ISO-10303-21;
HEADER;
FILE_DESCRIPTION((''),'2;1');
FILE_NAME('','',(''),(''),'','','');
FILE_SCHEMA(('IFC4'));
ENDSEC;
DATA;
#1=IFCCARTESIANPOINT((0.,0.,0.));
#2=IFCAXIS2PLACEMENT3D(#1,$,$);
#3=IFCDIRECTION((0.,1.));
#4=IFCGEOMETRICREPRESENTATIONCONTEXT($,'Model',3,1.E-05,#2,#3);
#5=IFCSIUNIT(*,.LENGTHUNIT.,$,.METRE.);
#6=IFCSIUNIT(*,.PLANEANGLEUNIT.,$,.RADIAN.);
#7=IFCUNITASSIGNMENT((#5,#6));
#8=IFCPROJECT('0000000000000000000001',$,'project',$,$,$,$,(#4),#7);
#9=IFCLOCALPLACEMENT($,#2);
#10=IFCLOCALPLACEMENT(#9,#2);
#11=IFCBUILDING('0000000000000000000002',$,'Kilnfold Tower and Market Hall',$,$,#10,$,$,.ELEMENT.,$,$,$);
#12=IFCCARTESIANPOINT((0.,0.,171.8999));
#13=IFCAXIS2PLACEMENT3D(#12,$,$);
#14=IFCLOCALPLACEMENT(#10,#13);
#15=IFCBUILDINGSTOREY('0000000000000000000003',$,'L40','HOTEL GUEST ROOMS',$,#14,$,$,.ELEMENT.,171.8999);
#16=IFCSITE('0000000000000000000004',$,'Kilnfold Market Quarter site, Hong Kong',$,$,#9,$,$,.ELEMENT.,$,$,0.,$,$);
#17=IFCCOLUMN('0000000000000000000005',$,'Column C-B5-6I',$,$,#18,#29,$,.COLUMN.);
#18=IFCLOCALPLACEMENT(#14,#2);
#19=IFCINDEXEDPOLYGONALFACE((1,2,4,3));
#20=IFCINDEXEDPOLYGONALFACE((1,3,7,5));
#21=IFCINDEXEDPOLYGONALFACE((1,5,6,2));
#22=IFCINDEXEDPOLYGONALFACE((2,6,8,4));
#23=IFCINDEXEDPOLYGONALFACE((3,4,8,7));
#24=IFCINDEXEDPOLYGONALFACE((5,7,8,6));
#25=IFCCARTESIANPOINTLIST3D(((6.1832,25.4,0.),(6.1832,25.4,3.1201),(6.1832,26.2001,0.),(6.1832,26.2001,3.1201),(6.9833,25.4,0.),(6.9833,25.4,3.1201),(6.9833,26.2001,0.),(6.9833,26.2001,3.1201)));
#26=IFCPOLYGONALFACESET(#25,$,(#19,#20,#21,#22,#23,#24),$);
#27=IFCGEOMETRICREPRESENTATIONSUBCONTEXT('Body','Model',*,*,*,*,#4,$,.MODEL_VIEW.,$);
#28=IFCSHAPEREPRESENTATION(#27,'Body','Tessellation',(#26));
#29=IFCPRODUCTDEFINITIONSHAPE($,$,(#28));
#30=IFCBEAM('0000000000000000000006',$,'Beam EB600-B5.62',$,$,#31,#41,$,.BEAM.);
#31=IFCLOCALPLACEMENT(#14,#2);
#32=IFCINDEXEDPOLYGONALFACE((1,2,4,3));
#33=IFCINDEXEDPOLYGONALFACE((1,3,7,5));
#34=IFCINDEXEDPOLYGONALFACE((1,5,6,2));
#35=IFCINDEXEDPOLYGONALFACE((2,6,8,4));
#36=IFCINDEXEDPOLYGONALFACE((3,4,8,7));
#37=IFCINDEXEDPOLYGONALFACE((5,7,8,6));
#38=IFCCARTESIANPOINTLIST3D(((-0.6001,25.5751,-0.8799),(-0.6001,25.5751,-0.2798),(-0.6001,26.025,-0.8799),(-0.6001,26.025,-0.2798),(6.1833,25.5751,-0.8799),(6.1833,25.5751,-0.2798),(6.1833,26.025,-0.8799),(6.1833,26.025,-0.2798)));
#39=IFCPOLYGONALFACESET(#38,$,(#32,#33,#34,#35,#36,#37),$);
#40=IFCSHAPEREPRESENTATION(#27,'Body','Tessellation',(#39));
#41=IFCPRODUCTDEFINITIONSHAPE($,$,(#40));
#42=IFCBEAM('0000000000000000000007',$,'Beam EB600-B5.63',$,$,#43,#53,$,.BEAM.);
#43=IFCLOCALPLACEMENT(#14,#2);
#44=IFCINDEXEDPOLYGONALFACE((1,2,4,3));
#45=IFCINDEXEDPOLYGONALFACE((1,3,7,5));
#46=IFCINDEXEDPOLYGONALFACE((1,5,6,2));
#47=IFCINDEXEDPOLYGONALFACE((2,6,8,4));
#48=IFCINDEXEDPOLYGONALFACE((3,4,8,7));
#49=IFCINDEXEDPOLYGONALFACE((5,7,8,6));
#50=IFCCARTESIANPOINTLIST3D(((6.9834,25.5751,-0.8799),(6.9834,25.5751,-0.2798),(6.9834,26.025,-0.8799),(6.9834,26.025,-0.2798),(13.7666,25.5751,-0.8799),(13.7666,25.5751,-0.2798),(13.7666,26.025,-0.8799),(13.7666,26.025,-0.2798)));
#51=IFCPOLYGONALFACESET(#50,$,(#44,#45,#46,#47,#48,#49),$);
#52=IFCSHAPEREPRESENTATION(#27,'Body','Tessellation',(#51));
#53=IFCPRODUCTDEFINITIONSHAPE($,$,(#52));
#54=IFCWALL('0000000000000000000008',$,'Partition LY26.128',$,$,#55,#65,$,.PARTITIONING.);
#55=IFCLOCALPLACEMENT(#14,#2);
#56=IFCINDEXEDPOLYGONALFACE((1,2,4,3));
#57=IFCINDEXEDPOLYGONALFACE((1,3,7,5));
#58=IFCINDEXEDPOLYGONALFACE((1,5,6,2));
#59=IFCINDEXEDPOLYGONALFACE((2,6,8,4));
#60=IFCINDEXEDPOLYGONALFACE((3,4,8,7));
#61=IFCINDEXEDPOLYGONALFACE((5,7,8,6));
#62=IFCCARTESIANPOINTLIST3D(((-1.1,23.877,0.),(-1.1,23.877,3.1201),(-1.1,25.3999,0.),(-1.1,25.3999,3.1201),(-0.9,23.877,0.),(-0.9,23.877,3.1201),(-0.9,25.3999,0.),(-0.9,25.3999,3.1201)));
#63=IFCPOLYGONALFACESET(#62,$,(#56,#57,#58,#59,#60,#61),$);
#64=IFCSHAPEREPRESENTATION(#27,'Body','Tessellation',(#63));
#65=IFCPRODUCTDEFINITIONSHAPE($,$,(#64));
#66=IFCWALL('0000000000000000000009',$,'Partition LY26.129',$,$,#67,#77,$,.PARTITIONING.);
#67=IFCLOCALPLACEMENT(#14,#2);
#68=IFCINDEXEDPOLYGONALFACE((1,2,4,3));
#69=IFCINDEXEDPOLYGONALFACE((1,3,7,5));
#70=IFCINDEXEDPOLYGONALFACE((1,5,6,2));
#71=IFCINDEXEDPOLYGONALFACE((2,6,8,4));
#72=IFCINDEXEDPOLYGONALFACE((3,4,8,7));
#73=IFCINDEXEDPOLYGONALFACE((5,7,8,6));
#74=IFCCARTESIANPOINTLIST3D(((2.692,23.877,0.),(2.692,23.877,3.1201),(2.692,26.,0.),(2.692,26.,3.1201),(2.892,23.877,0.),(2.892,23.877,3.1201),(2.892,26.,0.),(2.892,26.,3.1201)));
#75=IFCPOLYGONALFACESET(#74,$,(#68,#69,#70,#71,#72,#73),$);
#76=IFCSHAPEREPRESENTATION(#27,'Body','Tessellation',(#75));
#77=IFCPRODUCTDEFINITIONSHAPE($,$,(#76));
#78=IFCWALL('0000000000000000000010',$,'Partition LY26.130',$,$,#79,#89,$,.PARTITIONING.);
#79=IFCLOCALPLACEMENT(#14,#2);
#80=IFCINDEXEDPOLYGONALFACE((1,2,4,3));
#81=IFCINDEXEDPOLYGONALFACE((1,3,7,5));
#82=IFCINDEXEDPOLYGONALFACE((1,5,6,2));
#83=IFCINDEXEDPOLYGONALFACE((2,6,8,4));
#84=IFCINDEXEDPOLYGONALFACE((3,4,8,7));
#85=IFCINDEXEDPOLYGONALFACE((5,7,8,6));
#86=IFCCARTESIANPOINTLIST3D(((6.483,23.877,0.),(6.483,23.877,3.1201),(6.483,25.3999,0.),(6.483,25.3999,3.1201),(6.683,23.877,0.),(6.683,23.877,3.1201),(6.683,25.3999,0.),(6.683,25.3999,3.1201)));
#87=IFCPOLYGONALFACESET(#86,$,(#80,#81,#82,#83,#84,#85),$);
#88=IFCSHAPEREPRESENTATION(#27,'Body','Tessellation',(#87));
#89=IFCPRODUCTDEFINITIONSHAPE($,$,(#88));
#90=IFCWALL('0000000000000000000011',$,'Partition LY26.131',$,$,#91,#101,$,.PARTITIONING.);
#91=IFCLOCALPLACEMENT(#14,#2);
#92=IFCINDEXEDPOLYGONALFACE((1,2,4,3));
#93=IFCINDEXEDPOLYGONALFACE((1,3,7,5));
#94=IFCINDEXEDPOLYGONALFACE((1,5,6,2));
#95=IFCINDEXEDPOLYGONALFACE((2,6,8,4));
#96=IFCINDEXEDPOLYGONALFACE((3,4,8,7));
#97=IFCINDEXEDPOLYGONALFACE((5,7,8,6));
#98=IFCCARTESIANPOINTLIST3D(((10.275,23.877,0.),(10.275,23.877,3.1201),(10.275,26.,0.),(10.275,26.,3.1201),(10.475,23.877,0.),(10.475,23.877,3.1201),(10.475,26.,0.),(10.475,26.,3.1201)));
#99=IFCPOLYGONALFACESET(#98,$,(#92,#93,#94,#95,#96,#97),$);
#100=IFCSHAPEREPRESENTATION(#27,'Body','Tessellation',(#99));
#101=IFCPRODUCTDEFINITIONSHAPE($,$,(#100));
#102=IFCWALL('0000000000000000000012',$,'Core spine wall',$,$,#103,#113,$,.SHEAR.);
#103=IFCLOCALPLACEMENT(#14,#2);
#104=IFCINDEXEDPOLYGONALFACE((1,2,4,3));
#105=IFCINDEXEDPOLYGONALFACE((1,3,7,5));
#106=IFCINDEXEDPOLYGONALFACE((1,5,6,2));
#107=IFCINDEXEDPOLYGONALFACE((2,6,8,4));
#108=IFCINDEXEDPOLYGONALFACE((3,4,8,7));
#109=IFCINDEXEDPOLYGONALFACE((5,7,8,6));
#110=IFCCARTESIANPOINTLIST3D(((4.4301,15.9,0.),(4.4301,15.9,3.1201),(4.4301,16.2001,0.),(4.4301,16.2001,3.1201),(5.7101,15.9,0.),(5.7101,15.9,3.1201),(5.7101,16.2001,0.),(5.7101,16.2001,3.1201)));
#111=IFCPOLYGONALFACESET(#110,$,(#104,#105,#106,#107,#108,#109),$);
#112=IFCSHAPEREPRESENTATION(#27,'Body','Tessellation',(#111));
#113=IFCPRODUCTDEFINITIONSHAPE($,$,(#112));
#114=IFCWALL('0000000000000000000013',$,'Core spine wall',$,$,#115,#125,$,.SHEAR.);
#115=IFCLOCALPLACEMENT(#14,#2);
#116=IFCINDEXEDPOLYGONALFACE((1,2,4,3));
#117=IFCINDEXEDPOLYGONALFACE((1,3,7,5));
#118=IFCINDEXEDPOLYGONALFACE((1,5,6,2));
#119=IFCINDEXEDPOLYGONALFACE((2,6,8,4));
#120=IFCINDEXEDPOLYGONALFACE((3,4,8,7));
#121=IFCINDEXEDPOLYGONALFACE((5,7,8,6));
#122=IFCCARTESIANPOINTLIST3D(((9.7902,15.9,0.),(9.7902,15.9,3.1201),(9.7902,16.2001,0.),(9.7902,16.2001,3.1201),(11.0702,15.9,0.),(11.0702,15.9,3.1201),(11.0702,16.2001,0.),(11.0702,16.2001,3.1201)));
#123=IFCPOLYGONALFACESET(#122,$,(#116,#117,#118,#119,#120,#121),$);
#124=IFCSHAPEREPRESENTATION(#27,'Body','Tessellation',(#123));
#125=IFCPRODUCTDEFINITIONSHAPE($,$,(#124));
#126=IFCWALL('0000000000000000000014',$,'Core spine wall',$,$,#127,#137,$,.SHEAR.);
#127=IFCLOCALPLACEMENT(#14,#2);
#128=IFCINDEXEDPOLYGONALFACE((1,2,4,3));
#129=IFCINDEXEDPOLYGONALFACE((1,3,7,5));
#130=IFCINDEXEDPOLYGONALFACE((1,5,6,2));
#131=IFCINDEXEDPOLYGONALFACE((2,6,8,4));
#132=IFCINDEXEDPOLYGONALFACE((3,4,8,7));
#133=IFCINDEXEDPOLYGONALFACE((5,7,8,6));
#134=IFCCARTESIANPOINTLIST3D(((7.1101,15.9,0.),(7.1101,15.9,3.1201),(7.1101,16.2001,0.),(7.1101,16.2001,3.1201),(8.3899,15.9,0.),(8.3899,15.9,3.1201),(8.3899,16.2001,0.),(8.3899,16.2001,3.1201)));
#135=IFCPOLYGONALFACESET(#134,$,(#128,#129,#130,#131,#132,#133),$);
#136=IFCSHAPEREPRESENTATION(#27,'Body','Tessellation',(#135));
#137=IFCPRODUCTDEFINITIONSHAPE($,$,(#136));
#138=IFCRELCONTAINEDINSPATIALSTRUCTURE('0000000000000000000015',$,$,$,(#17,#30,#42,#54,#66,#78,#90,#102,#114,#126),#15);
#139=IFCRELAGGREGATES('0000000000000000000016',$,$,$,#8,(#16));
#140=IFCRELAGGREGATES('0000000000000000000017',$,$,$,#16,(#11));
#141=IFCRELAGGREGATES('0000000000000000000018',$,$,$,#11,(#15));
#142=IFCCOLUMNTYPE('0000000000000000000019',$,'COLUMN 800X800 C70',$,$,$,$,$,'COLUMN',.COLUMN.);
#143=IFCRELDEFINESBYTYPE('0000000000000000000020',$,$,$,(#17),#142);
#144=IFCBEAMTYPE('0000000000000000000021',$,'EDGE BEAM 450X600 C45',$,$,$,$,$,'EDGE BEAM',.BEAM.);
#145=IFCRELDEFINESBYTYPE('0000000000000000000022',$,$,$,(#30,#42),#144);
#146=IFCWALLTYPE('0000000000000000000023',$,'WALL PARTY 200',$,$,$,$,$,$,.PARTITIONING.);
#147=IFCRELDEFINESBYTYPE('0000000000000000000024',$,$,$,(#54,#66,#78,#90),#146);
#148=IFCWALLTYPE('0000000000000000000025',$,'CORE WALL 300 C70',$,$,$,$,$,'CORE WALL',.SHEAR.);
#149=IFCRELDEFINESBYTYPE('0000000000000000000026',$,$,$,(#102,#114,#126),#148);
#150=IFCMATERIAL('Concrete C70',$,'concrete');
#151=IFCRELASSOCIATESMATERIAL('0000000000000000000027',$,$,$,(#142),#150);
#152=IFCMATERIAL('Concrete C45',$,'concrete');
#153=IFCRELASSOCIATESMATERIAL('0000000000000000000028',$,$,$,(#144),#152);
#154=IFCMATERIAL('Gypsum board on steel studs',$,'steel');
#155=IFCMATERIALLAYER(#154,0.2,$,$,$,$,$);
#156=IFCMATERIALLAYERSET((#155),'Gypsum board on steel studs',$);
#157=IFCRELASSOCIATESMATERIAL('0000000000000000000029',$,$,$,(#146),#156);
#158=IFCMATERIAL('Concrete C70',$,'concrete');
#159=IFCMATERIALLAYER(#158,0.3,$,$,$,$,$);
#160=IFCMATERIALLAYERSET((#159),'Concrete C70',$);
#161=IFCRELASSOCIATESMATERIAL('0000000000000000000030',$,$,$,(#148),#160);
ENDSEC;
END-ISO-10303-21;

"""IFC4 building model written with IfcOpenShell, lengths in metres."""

from ifc_helpers import new_model, si_unit, direction, frame, frame_2d, origin, origin_2d, place, context, subcontext, project, spatial, rectangle, extrude, source, transform, mapped, material, layer, layer_set, material_profile, profile_set, type_object, element, save


model = new_model("IFC4")

# Units and contexts
model_context = context("Model", 3, precision=1e-05, world=origin(), true_north=direction((0.0, 1.0)))
body_context = subcontext(model_context, "Body", "Model", "MODEL_VIEW")
ifc_project = project(units=[si_unit("LENGTHUNIT", "METRE"), si_unit("PLANEANGLEUNIT", "RADIAN")], contexts=[model_context])

# Site, building, storey
site_placement = place(None, origin())
site = spatial("IfcSite", under=ifc_project, at=site_placement, Name="Kilnfold Market Quarter site, Hong Kong", CompositionType="ELEMENT", RefElevation=0.0)
building_placement = place(site_placement, origin())
building = spatial("IfcBuilding", under=site, at=building_placement, Name="Kilnfold Tower and Market Hall", CompositionType="ELEMENT")
storey_placement = place(building_placement, frame((0.0, 0.0, 171.8999)))
storey = spatial("IfcBuildingStorey", under=building, at=storey_placement, Name="L40", Description="HOTEL GUEST ROOMS", CompositionType="ELEMENT", Elevation=171.8999)

# Column
ifc_material_1 = material(Name="Concrete C70", Category="concrete")
ifc_material_profile_1 = material_profile(ifc_material_1, rectangle(XDim=0.8, YDim=0.8, at=origin_2d()), Name="RC 800x800")
ifc_profile_set_1 = profile_set([ifc_material_profile_1], Name="Concrete C70")
column_type = type_object("IfcColumnType", Name="COLUMN 800X800 C70", ElementType="COLUMN", PredefinedType="COLUMN", material=ifc_profile_set_1)
shared_shape_1 = source(origin(), body_context, "Body", "SweptSolid", [
    extrude(rectangle(XDim=0.8, YDim=0.8, at=origin_2d()), origin(), (0.0, 0.0, 1.0), 3.1201),
])
column_placement = place(storey_placement, frame((6.5833, 25.8, 0.0), z_axis=(0.0, 0.0, 1.0), x_axis=(1.0, 0.0, 0.0)))
element("IfcColumn", 1, at=column_placement, inside=storey, type_object=column_type, Name="Column C-B5-6I", PredefinedType="COLUMN", context=body_context, shape_type="MappedRepresentation", body=[
    mapped(shared_shape_1, transform((0.0, 0.0, 0.0))),
])

# Beams
ifc_material_2 = material(Name="Concrete C45", Category="concrete")
ifc_material_profile_2 = material_profile(ifc_material_2, rectangle(XDim=0.45, YDim=0.6001, at=origin_2d()), Name="RC 450x600")
ifc_profile_set_2 = profile_set([ifc_material_profile_2], Name="Concrete C45")
beam_type = type_object("IfcBeamType", Name="EDGE BEAM 450X600 C45", ElementType="EDGE BEAM", PredefinedType="BEAM", material=ifc_profile_set_2)
shared_shape_2 = source(origin(), body_context, "Body", "SweptSolid", [
    extrude(rectangle(XDim=0.45, YDim=0.6001, at=origin_2d()), origin(), (0.0, 0.0, 1.0), 6.7834),
])
beam_1_placement = place(storey_placement, frame((-0.6001, 25.8, -0.5798), z_axis=(1.0, 0.0, 0.0), x_axis=(0.0, 1.0, 0.0)))
element("IfcBeam", 2, at=beam_1_placement, inside=storey, type_object=beam_type, Name="Beam EB600-B5.62", PredefinedType="BEAM", context=body_context, shape_type="MappedRepresentation", body=[
    mapped(shared_shape_2, transform((0.0, 0.0, 0.0))),
])
shared_shape_3 = source(origin(), body_context, "Body", "SweptSolid", [
    extrude(rectangle(XDim=0.45, YDim=0.6001, at=origin_2d()), origin(), (0.0, 0.0, 1.0), 6.7832),
])
beam_2_placement = place(storey_placement, frame((6.9834, 25.8, -0.5798), z_axis=(1.0, 0.0, 0.0), x_axis=(0.0, 1.0, 0.0)))
element("IfcBeam", 3, at=beam_2_placement, inside=storey, type_object=beam_type, Name="Beam EB600-B5.63", PredefinedType="BEAM", context=body_context, shape_type="MappedRepresentation", body=[
    mapped(shared_shape_3, transform((0.0, 0.0, 0.0))),
])

# Walls
ifc_material_3 = material(Name="Gypsum board on steel studs", Category="steel")
ifc_layer_1 = layer(ifc_material_3, 0.2)
ifc_layer_set_1 = layer_set([ifc_layer_1], Name="Gypsum board on steel studs")
wall_type_1 = type_object("IfcWallType", Name="WALL PARTY 200", PredefinedType="PARTITIONING", material=ifc_layer_set_1)
wall_1_placement = place(storey_placement, frame((-1.0, 23.877, 0.0), z_axis=(0.0, 0.0, 1.0), x_axis=(0.0, 1.0, 0.0)))
element("IfcWall", 4, at=wall_1_placement, inside=storey, type_object=wall_type_1, Name="Partition LY26.128", PredefinedType="PARTITIONING", context=body_context, shape_type="SweptSolid", body=[
    extrude(rectangle(XDim=1.5229, YDim=0.2, at=frame_2d((0.7615, 0.0))), origin(), (0.0, 0.0, 1.0), 3.1201),
])
wall_2_placement = place(storey_placement, frame((2.792, 23.877, 0.0), z_axis=(0.0, 0.0, 1.0), x_axis=(0.0, 1.0, 0.0)))
element("IfcWall", 5, at=wall_2_placement, inside=storey, type_object=wall_type_1, Name="Partition LY26.129", PredefinedType="PARTITIONING", context=body_context, shape_type="SweptSolid", body=[
    extrude(rectangle(XDim=2.123, YDim=0.2, at=frame_2d((1.0615, 0.0))), origin(), (0.0, 0.0, 1.0), 3.1201),
])
wall_3_placement = place(storey_placement, frame((6.583, 23.877, 0.0), z_axis=(0.0, 0.0, 1.0), x_axis=(0.0, 1.0, 0.0)))
element("IfcWall", 6, at=wall_3_placement, inside=storey, type_object=wall_type_1, Name="Partition LY26.130", PredefinedType="PARTITIONING", context=body_context, shape_type="SweptSolid", body=[
    extrude(rectangle(XDim=1.5229, YDim=0.2, at=frame_2d((0.7615, 0.0))), origin(), (0.0, 0.0, 1.0), 3.1201),
])
wall_4_placement = place(storey_placement, frame((10.375, 23.877, 0.0), z_axis=(0.0, 0.0, 1.0), x_axis=(0.0, 1.0, 0.0)))
element("IfcWall", 7, at=wall_4_placement, inside=storey, type_object=wall_type_1, Name="Partition LY26.131", PredefinedType="PARTITIONING", context=body_context, shape_type="SweptSolid", body=[
    extrude(rectangle(XDim=2.123, YDim=0.2, at=frame_2d((1.0615, 0.0))), origin(), (0.0, 0.0, 1.0), 3.1201),
])
ifc_material_4 = material(Name="Concrete C70", Category="concrete")
ifc_layer_2 = layer(ifc_material_4, 0.3)
ifc_layer_set_2 = layer_set([ifc_layer_2], Name="Concrete C70")
wall_type_2 = type_object("IfcWallType", Name="CORE WALL 300 C70", ElementType="CORE WALL", PredefinedType="SHEAR", material=ifc_layer_set_2)
shared_shape_4 = source(origin(), body_context, "Body", "SweptSolid", [
    extrude(rectangle(XDim=1.28, YDim=0.3, at=frame_2d((0.6401, 0.0))), origin(), (0.0, 0.0, 1.0), 3.1201),
])
for number, where, z_axis, x_axis, name in (
    (8, (4.4299, 16.05, 0.0), (0.0, 0.0, 1.0), (1.0, 0.0, 0.0), "Core spine wall"),
    (9, (9.79, 16.05, 0.0), (0.0, 0.0, 1.0), (1.0, 0.0, 0.0), "Core spine wall"),
):
    element("IfcWall", number, at=place(storey_placement, frame(where, z_axis=z_axis, x_axis=x_axis)), inside=storey, type_object=wall_type_2, Name=name, PredefinedType="SHEAR", context=body_context, shape_type="MappedRepresentation", body=[
        mapped(shared_shape_4, transform((0.0, 0.0, 0.0))),
    ])
shared_shape_5 = source(origin(), body_context, "Body", "SweptSolid", [
    extrude(rectangle(XDim=1.2798, YDim=0.3, at=frame_2d((0.6399, 0.0))), origin(), (0.0, 0.0, 1.0), 3.1201),
])
wall_5_placement = place(storey_placement, frame((7.1101, 16.05, 0.0), z_axis=(0.0, 0.0, 1.0), x_axis=(1.0, 0.0, 0.0)))
element("IfcWall", 10, at=wall_5_placement, inside=storey, type_object=wall_type_2, Name="Core spine wall", PredefinedType="SHEAR", context=body_context, shape_type="MappedRepresentation", body=[
    mapped(shared_shape_5, transform((0.0, 0.0, 0.0))),
])

save(model, "model.ifc")
